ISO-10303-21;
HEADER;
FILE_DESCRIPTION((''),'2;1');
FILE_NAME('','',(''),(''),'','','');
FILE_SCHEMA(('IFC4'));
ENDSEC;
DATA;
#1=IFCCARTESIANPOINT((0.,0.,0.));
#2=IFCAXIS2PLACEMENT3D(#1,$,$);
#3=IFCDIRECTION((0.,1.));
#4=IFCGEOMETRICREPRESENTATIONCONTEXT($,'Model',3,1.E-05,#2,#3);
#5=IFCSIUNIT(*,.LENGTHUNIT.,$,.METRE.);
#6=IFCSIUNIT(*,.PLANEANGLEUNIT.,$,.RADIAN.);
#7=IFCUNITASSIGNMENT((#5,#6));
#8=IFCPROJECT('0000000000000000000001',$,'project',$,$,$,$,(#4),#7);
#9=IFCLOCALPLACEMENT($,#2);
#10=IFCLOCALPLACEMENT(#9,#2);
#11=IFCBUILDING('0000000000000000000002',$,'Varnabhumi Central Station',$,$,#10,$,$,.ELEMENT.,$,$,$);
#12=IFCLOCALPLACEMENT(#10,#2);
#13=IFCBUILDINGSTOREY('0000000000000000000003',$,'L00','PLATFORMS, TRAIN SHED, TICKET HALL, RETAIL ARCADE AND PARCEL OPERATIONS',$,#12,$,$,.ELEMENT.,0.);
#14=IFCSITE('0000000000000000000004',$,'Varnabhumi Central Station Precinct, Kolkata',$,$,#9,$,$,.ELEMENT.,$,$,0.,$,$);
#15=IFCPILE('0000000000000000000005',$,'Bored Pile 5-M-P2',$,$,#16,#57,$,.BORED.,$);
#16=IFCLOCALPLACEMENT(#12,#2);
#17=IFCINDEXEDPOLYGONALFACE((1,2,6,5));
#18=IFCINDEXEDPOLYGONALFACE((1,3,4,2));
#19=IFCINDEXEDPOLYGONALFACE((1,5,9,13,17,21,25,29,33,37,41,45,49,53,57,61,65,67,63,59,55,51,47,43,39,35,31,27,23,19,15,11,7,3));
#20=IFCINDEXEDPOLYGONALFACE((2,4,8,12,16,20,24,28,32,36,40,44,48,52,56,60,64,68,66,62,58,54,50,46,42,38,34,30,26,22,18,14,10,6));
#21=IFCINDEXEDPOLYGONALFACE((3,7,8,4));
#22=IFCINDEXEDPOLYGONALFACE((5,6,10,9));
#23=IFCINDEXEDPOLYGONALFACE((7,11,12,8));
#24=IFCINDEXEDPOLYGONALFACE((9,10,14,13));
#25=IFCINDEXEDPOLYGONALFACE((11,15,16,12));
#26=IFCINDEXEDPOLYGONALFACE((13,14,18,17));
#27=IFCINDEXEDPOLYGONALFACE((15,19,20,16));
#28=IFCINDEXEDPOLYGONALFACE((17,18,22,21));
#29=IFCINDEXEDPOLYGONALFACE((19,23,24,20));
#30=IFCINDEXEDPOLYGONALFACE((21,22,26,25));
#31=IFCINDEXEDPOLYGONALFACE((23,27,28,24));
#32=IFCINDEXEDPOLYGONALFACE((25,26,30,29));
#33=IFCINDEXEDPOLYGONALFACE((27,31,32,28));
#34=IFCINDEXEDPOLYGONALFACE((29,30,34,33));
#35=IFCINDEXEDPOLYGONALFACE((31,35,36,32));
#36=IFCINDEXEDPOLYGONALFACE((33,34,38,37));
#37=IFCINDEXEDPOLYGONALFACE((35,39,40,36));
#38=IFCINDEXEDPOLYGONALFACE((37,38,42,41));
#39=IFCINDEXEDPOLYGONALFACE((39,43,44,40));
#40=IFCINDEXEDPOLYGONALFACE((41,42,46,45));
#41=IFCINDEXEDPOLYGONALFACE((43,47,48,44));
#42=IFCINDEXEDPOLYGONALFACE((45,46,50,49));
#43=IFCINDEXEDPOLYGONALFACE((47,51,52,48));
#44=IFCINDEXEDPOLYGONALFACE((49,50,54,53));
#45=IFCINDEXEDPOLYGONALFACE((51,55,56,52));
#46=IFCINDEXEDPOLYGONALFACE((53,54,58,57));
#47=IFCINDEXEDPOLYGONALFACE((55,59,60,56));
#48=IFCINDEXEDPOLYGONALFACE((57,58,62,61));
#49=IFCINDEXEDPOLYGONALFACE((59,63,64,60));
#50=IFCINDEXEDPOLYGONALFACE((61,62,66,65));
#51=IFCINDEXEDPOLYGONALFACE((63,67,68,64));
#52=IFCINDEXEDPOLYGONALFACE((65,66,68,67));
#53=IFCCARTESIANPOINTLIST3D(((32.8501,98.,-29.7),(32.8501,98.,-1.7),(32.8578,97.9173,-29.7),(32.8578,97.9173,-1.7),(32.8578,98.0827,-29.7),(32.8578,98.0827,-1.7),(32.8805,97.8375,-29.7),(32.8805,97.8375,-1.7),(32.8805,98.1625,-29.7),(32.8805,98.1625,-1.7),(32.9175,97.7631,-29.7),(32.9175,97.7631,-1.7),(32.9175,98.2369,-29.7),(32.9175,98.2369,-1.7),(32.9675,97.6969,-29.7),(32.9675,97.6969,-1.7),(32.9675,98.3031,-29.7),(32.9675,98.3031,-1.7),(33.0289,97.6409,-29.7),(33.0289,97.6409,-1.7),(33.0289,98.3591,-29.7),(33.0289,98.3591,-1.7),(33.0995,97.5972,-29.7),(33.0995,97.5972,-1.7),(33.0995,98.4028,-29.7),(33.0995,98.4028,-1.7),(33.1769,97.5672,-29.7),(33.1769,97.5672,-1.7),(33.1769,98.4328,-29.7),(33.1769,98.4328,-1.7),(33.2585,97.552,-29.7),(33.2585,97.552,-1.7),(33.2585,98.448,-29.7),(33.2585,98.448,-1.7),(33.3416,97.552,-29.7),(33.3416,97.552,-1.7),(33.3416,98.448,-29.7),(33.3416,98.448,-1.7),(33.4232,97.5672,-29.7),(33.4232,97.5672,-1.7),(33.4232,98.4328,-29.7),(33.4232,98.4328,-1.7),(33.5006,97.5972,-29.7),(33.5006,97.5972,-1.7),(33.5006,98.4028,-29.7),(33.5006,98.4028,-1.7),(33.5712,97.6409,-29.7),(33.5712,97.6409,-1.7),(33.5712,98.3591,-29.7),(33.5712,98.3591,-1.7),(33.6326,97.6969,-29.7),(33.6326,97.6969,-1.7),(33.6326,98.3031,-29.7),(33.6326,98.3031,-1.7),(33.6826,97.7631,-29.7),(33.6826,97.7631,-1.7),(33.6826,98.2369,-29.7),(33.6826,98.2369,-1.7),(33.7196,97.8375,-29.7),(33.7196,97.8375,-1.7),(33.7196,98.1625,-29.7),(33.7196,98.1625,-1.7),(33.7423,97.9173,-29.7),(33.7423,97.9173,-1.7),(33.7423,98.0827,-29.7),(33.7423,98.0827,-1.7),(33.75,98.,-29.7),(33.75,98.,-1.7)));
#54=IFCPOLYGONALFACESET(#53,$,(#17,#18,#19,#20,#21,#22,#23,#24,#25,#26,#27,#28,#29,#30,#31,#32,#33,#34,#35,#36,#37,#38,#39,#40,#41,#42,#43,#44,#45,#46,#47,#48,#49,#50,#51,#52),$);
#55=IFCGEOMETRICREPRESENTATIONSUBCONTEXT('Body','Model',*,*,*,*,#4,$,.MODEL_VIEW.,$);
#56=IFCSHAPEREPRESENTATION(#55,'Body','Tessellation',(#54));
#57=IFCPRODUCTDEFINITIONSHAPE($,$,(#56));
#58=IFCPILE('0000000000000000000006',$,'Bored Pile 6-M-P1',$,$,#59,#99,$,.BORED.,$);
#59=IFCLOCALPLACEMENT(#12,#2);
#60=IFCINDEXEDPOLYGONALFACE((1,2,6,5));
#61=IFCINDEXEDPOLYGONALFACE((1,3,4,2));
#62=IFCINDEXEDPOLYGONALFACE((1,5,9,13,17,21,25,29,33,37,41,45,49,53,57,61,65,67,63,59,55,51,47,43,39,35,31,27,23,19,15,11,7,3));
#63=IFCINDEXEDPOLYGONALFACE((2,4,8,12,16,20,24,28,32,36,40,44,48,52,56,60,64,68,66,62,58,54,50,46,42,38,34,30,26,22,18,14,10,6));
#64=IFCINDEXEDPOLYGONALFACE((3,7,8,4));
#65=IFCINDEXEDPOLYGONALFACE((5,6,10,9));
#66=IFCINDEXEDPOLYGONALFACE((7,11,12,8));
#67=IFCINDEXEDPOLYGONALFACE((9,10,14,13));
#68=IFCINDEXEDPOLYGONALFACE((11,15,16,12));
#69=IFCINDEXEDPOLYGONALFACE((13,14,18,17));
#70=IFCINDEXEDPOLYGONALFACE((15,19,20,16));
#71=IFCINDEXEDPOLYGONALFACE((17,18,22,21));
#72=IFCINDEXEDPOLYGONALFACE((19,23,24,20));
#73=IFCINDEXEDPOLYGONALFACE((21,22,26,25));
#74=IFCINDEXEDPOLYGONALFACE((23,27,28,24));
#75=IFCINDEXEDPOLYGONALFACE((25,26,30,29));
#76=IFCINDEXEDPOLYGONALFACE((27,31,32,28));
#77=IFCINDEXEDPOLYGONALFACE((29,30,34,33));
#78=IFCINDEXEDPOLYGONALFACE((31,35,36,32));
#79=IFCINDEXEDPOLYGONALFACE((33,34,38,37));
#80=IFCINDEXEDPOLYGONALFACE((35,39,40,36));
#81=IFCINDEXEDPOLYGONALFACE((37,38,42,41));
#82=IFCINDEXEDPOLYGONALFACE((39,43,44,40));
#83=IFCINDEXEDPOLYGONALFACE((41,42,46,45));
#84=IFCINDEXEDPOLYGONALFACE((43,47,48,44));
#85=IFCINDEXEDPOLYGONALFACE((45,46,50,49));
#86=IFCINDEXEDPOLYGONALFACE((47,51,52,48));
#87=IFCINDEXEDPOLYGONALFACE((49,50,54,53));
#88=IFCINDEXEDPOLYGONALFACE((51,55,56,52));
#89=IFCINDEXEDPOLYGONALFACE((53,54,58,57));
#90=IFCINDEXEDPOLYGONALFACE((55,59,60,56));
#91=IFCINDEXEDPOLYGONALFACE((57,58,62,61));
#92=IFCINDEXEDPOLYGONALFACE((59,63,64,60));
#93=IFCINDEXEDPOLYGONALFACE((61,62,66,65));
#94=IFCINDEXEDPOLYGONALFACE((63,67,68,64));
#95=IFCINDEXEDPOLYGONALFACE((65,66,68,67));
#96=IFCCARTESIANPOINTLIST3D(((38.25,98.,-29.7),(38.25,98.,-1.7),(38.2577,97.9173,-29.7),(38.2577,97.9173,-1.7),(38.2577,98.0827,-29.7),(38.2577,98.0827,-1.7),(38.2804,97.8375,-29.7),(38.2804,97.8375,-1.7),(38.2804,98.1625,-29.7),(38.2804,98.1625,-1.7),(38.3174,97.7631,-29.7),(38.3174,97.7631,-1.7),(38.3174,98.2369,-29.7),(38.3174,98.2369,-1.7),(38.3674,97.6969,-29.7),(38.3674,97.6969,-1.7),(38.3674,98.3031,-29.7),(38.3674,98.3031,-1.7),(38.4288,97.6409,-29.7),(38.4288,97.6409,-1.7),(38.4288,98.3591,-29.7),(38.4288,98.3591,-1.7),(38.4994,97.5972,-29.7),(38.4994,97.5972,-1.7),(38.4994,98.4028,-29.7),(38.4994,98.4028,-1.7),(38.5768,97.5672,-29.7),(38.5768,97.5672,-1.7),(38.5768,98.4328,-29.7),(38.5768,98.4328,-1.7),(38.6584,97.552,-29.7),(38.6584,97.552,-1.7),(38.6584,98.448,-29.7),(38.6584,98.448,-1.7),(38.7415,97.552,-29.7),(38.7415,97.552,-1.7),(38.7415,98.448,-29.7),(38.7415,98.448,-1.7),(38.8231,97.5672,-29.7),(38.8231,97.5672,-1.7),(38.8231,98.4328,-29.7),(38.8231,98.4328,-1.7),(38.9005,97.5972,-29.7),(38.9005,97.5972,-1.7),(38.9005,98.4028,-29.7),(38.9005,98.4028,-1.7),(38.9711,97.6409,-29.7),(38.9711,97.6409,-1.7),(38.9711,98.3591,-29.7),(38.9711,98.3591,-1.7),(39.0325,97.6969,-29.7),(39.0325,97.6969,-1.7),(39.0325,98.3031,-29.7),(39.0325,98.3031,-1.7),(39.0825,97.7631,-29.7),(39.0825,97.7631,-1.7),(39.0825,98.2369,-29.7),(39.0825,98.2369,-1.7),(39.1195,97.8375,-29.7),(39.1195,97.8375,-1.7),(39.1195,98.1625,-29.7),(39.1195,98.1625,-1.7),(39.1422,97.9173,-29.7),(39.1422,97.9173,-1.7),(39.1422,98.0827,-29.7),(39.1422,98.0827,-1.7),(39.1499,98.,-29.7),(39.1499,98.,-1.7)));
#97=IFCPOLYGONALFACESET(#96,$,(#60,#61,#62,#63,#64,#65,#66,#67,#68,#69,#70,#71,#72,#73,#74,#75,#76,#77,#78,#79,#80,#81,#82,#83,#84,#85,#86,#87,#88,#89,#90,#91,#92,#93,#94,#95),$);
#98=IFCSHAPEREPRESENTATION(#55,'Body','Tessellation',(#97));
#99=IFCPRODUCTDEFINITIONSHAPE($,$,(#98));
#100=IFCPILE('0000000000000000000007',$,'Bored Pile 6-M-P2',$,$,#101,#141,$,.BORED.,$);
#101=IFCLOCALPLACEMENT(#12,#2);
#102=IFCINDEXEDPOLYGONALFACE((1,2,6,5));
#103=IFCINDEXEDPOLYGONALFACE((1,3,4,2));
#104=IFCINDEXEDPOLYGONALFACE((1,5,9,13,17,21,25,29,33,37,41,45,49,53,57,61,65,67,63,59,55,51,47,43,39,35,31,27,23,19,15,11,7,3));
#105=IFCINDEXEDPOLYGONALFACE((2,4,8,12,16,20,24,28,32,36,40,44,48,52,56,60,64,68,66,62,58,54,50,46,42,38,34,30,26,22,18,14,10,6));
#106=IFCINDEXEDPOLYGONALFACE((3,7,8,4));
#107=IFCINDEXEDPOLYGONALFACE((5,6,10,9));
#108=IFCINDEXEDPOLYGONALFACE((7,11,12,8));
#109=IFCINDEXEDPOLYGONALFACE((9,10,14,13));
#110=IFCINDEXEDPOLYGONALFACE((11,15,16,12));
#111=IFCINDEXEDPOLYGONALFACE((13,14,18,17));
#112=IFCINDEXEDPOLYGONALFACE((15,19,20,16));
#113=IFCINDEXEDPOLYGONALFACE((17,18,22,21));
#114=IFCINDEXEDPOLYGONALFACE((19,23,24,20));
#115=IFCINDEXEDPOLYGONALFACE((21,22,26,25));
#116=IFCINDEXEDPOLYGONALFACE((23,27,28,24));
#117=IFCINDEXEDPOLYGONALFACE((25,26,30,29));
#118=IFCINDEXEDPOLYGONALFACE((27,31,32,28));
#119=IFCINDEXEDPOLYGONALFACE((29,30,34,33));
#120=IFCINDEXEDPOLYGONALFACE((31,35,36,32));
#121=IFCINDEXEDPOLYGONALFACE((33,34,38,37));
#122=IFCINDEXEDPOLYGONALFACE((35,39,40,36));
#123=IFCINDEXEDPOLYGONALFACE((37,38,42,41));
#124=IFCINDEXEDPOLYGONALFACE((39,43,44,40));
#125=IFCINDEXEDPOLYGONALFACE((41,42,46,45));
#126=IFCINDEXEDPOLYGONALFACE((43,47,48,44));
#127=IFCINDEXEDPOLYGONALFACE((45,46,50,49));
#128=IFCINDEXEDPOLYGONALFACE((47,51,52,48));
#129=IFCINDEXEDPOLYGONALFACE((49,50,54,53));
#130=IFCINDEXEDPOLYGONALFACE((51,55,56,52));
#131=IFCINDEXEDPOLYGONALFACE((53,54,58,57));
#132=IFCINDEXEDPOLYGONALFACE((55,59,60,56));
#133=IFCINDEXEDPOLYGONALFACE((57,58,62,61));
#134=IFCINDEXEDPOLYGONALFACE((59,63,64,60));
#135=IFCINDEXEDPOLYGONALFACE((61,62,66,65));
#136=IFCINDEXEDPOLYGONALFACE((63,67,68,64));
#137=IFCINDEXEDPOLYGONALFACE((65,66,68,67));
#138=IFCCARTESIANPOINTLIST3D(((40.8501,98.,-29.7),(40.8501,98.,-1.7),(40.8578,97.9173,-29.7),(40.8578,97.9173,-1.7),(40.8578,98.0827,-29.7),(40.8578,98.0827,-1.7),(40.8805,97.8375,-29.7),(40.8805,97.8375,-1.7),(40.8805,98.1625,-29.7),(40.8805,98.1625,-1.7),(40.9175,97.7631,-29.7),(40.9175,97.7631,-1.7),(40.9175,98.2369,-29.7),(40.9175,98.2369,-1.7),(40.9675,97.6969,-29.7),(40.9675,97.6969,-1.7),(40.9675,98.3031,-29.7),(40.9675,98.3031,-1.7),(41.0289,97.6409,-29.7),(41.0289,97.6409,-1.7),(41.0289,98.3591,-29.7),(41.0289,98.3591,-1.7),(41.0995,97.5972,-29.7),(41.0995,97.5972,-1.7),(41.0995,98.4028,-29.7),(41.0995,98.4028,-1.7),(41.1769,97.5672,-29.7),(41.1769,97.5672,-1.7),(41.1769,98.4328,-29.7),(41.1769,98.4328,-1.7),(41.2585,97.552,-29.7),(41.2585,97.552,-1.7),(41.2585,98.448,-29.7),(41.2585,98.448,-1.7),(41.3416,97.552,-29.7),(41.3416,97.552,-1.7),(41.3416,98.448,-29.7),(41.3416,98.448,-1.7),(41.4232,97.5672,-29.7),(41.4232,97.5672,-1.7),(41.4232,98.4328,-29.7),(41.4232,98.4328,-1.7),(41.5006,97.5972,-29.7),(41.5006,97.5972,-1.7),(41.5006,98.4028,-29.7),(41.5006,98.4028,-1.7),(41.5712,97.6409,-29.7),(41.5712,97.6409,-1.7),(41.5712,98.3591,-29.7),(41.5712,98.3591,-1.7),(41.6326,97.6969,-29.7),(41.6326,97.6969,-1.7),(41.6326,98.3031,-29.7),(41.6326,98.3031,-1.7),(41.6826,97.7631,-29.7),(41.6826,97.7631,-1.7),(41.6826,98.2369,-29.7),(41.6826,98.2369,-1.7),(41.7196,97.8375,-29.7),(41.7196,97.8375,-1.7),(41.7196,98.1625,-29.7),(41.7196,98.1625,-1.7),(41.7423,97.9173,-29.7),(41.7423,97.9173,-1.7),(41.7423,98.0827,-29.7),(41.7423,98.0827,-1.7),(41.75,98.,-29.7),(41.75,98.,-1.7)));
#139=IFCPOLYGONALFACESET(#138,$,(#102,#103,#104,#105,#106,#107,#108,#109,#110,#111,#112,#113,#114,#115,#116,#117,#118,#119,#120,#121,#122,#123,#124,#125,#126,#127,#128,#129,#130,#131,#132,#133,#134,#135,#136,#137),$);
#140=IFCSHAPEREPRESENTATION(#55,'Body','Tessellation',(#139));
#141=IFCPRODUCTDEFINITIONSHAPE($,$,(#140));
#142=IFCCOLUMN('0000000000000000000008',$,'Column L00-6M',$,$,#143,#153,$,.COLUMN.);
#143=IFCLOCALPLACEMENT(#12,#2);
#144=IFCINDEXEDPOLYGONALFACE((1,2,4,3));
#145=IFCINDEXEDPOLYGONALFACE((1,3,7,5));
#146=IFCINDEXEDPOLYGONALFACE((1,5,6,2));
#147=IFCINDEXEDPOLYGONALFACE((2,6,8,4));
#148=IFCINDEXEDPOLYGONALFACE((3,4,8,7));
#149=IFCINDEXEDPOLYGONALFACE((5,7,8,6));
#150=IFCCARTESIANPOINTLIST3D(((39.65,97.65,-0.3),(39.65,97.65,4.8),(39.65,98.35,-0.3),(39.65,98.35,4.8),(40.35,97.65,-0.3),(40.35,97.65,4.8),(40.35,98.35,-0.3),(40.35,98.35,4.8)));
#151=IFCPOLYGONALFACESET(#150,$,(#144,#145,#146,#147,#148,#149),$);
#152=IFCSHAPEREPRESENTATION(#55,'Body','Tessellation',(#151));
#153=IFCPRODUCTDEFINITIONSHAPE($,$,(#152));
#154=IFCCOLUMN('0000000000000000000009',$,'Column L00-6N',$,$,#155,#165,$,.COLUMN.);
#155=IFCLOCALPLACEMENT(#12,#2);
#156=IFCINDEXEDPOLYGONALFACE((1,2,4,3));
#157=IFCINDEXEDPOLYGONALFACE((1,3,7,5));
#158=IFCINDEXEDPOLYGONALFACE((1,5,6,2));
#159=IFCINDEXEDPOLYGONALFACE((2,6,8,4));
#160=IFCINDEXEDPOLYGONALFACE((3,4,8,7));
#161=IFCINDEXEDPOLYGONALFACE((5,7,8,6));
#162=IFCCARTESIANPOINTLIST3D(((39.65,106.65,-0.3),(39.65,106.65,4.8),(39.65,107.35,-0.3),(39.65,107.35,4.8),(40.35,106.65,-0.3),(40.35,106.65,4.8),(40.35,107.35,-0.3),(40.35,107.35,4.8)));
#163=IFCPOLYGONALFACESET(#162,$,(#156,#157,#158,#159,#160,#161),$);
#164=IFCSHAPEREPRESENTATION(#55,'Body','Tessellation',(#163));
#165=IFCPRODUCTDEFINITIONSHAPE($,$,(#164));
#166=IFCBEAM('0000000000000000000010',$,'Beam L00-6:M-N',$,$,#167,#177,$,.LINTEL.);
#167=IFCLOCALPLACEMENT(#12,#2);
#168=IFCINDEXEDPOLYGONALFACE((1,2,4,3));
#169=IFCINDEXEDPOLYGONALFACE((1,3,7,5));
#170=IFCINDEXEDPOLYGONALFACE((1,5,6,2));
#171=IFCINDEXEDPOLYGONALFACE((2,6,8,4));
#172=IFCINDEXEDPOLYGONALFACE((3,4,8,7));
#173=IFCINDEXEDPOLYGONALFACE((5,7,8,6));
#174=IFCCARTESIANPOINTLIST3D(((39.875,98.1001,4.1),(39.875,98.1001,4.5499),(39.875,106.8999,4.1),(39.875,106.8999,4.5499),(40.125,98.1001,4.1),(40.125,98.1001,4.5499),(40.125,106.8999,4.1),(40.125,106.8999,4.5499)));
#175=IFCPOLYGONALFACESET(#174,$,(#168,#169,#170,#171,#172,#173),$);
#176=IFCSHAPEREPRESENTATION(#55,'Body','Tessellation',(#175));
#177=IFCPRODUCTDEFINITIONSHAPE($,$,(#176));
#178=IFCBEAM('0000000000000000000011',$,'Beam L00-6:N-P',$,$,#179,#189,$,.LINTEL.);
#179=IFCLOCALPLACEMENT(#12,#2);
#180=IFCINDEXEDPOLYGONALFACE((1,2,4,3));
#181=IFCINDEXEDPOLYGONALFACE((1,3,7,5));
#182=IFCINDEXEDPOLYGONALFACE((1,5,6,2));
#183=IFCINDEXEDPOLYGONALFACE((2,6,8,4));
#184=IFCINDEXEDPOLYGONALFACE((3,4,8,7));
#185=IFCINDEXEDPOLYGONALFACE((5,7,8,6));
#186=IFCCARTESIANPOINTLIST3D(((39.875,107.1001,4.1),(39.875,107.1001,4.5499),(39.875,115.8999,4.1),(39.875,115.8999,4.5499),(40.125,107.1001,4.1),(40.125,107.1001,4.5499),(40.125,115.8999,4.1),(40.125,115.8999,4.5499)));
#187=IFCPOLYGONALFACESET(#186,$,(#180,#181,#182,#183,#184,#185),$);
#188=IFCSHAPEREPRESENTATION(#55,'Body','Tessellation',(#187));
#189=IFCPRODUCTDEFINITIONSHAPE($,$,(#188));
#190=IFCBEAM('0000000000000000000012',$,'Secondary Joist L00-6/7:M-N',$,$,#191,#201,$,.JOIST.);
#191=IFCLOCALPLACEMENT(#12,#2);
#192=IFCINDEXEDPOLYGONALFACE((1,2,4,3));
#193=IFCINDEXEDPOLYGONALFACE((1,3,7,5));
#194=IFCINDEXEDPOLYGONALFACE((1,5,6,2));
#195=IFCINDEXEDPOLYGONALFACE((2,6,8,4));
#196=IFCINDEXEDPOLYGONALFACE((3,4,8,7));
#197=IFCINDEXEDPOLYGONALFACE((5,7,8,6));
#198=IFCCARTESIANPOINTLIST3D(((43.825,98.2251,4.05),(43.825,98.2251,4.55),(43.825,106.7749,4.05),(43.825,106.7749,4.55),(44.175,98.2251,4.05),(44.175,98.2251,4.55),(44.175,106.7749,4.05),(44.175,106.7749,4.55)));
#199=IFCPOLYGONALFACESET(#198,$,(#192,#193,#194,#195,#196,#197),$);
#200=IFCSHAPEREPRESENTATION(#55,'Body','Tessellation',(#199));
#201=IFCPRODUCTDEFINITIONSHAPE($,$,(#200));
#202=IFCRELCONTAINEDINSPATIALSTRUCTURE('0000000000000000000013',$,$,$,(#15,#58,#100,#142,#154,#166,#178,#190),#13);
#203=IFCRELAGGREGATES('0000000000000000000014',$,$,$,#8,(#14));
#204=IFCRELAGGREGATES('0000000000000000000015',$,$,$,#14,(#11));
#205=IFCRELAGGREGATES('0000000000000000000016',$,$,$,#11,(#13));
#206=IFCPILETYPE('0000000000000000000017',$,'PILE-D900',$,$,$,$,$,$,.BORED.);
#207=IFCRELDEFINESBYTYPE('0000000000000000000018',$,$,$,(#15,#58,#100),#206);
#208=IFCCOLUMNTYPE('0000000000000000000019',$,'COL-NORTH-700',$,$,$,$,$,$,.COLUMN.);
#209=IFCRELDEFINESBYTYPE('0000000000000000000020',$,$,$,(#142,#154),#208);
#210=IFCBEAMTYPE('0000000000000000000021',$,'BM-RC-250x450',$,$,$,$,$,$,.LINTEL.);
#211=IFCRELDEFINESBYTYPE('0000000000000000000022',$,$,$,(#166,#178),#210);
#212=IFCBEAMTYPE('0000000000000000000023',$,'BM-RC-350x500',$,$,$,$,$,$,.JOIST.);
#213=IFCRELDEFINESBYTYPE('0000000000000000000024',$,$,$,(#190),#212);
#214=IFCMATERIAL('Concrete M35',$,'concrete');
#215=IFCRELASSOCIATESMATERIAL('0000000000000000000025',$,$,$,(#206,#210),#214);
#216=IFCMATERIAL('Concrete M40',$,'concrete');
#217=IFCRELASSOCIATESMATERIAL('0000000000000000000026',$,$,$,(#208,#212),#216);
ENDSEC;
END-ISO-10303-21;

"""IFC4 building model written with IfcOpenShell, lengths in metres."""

from ifc_helpers import new_model, si_unit, direction, frame, origin, origin_2d, place, context, subcontext, project, spatial, rectangle, circle, extrude, material, material_profile, profile_set, type_object, element, save


model = new_model("IFC4")

# Units and contexts
model_context = context("Model", 3, precision=1e-05, world=origin(), true_north=direction((0.0, 1.0)))
body_context = subcontext(model_context, "Body", "Model", "MODEL_VIEW")
ifc_project = project(units=[si_unit("LENGTHUNIT", "METRE"), si_unit("PLANEANGLEUNIT", "RADIAN")], contexts=[model_context])

# Site, building, storey
site_placement = place(None, origin())
site = spatial("IfcSite", under=ifc_project, at=site_placement, Name="Varnabhumi Central Station Precinct, Kolkata", CompositionType="ELEMENT", RefElevation=0.0)
building_placement = place(site_placement, origin())
building = spatial("IfcBuilding", under=site, at=building_placement, Name="Varnabhumi Central Station", CompositionType="ELEMENT")
storey_placement = place(building_placement, origin())
storey = spatial("IfcBuildingStorey", under=building, at=storey_placement, Name="L00", Description="PLATFORMS, TRAIN SHED, TICKET HALL, RETAIL ARCADE AND PARCEL OPERATIONS", CompositionType="ELEMENT", Elevation=0.0)

# Shared definitions
ifc_material_1 = material(Name="Concrete M40", Category="concrete")

# Piles
ifc_material_2 = material(Name="Concrete M35", Category="concrete")
ifc_material_profile_1 = material_profile(ifc_material_2, circle(Radius=0.45, at=origin_2d()), Name="Concrete M35", Category="concrete")
ifc_profile_set_1 = profile_set([ifc_material_profile_1], Name="Concrete M35")
pile_type_1 = type_object("IfcPileType", Name="PILE-D900", PredefinedType="BORED", material=ifc_profile_set_1)
for number, where, z_axis, x_axis, name in (
    (1, (33.3, 98.0, -1.7), (0.0, 0.0, -1.0), (1.0, 0.0, 0.0), "Bored Pile 5-M-P2"),
    (2, (38.7, 98.0, -1.7), (0.0, 0.0, -1.0), (1.0, 0.0, 0.0), "Bored Pile 6-M-P1"),
    (3, (41.3, 98.0, -1.7), (0.0, 0.0, -1.0), (1.0, 0.0, 0.0), "Bored Pile 6-M-P2"),
):
    element("IfcPile", number, at=place(storey_placement, frame(where, z_axis=z_axis, x_axis=x_axis)), inside=storey, type_object=pile_type_1, Name=name, PredefinedType="BORED", context=body_context, shape_type="SweptSolid", body=[
        extrude(circle(Radius=0.45, at=origin_2d()), origin(), (0.0, 0.0, 1.0), 28.0),
    ])

# Columns
ifc_material_profile_2 = material_profile(ifc_material_1, rectangle(XDim=0.7, YDim=0.7, at=origin_2d()), Name="Concrete M40", Category="concrete")
ifc_profile_set_2 = profile_set([ifc_material_profile_2], Name="Concrete M40")
column_type = type_object("IfcColumnType", Name="COL-NORTH-700", PredefinedType="COLUMN", material=ifc_profile_set_2)
for number, where, z_axis, x_axis, name in (
    (4, (40.0, 98.0, -0.3), (0.0, 0.0, 1.0), (1.0, 0.0, 0.0), "Column L00-6M"),
    (5, (40.0, 107.0, -0.3), (0.0, 0.0, 1.0), (1.0, 0.0, 0.0), "Column L00-6N"),
):
    element("IfcColumn", number, at=place(storey_placement, frame(where, z_axis=z_axis, x_axis=x_axis)), inside=storey, type_object=column_type, Name=name, PredefinedType="COLUMN", context=body_context, shape_type="SweptSolid", body=[
        extrude(rectangle(XDim=0.7, YDim=0.7, at=origin_2d()), origin(), (0.0, 0.0, 1.0), 5.1001),
    ])

# Beams
ifc_material_profile_3 = material_profile(ifc_material_2, rectangle(XDim=0.25, YDim=0.45, at=origin_2d()), Name="Concrete M35", Category="concrete")
ifc_profile_set_3 = profile_set([ifc_material_profile_3], Name="Concrete M35")
beam_type_1 = type_object("IfcBeamType", Name="BM-RC-250x450", PredefinedType="LINTEL", material=ifc_profile_set_3)
for number, where, z_axis, x_axis, name in (
    (6, (40.0, 98.1001, 4.325), (0.0, 1.0, 0.0), (-1.0, 0.0, 0.0), "Beam L00-6:M-N"),
    (7, (40.0, 107.1001, 4.325), (0.0, 1.0, 0.0), (-1.0, 0.0, 0.0), "Beam L00-6:N-P"),
):
    element("IfcBeam", number, at=place(storey_placement, frame(where, z_axis=z_axis, x_axis=x_axis)), inside=storey, type_object=beam_type_1, Name=name, PredefinedType="LINTEL", context=body_context, shape_type="SweptSolid", body=[
        extrude(rectangle(XDim=0.25, YDim=0.45, at=origin_2d()), origin(), (0.0, 0.0, 1.0), 8.7998),
    ])
ifc_material_profile_4 = material_profile(ifc_material_1, rectangle(XDim=0.3501, YDim=0.5, at=origin_2d()), Name="Concrete M40", Category="concrete")
ifc_profile_set_4 = profile_set([ifc_material_profile_4], Name="Concrete M40")
beam_type_2 = type_object("IfcBeamType", Name="BM-RC-350x500", PredefinedType="JOIST", material=ifc_profile_set_4)
beam_1_placement = place(storey_placement, frame((44.0, 98.2251, 4.3), z_axis=(0.0, 1.0, 0.0), x_axis=(-1.0, 0.0, 0.0)))
element("IfcBeam", 8, at=beam_1_placement, inside=storey, type_object=beam_type_2, Name="Secondary Joist L00-6/7:M-N", PredefinedType="JOIST", context=body_context, shape_type="SweptSolid", body=[
    extrude(rectangle(XDim=0.3501, YDim=0.5, at=origin_2d()), origin(), (0.0, 0.0, 1.0), 8.5498),
])

save(model, "model.ifc")
